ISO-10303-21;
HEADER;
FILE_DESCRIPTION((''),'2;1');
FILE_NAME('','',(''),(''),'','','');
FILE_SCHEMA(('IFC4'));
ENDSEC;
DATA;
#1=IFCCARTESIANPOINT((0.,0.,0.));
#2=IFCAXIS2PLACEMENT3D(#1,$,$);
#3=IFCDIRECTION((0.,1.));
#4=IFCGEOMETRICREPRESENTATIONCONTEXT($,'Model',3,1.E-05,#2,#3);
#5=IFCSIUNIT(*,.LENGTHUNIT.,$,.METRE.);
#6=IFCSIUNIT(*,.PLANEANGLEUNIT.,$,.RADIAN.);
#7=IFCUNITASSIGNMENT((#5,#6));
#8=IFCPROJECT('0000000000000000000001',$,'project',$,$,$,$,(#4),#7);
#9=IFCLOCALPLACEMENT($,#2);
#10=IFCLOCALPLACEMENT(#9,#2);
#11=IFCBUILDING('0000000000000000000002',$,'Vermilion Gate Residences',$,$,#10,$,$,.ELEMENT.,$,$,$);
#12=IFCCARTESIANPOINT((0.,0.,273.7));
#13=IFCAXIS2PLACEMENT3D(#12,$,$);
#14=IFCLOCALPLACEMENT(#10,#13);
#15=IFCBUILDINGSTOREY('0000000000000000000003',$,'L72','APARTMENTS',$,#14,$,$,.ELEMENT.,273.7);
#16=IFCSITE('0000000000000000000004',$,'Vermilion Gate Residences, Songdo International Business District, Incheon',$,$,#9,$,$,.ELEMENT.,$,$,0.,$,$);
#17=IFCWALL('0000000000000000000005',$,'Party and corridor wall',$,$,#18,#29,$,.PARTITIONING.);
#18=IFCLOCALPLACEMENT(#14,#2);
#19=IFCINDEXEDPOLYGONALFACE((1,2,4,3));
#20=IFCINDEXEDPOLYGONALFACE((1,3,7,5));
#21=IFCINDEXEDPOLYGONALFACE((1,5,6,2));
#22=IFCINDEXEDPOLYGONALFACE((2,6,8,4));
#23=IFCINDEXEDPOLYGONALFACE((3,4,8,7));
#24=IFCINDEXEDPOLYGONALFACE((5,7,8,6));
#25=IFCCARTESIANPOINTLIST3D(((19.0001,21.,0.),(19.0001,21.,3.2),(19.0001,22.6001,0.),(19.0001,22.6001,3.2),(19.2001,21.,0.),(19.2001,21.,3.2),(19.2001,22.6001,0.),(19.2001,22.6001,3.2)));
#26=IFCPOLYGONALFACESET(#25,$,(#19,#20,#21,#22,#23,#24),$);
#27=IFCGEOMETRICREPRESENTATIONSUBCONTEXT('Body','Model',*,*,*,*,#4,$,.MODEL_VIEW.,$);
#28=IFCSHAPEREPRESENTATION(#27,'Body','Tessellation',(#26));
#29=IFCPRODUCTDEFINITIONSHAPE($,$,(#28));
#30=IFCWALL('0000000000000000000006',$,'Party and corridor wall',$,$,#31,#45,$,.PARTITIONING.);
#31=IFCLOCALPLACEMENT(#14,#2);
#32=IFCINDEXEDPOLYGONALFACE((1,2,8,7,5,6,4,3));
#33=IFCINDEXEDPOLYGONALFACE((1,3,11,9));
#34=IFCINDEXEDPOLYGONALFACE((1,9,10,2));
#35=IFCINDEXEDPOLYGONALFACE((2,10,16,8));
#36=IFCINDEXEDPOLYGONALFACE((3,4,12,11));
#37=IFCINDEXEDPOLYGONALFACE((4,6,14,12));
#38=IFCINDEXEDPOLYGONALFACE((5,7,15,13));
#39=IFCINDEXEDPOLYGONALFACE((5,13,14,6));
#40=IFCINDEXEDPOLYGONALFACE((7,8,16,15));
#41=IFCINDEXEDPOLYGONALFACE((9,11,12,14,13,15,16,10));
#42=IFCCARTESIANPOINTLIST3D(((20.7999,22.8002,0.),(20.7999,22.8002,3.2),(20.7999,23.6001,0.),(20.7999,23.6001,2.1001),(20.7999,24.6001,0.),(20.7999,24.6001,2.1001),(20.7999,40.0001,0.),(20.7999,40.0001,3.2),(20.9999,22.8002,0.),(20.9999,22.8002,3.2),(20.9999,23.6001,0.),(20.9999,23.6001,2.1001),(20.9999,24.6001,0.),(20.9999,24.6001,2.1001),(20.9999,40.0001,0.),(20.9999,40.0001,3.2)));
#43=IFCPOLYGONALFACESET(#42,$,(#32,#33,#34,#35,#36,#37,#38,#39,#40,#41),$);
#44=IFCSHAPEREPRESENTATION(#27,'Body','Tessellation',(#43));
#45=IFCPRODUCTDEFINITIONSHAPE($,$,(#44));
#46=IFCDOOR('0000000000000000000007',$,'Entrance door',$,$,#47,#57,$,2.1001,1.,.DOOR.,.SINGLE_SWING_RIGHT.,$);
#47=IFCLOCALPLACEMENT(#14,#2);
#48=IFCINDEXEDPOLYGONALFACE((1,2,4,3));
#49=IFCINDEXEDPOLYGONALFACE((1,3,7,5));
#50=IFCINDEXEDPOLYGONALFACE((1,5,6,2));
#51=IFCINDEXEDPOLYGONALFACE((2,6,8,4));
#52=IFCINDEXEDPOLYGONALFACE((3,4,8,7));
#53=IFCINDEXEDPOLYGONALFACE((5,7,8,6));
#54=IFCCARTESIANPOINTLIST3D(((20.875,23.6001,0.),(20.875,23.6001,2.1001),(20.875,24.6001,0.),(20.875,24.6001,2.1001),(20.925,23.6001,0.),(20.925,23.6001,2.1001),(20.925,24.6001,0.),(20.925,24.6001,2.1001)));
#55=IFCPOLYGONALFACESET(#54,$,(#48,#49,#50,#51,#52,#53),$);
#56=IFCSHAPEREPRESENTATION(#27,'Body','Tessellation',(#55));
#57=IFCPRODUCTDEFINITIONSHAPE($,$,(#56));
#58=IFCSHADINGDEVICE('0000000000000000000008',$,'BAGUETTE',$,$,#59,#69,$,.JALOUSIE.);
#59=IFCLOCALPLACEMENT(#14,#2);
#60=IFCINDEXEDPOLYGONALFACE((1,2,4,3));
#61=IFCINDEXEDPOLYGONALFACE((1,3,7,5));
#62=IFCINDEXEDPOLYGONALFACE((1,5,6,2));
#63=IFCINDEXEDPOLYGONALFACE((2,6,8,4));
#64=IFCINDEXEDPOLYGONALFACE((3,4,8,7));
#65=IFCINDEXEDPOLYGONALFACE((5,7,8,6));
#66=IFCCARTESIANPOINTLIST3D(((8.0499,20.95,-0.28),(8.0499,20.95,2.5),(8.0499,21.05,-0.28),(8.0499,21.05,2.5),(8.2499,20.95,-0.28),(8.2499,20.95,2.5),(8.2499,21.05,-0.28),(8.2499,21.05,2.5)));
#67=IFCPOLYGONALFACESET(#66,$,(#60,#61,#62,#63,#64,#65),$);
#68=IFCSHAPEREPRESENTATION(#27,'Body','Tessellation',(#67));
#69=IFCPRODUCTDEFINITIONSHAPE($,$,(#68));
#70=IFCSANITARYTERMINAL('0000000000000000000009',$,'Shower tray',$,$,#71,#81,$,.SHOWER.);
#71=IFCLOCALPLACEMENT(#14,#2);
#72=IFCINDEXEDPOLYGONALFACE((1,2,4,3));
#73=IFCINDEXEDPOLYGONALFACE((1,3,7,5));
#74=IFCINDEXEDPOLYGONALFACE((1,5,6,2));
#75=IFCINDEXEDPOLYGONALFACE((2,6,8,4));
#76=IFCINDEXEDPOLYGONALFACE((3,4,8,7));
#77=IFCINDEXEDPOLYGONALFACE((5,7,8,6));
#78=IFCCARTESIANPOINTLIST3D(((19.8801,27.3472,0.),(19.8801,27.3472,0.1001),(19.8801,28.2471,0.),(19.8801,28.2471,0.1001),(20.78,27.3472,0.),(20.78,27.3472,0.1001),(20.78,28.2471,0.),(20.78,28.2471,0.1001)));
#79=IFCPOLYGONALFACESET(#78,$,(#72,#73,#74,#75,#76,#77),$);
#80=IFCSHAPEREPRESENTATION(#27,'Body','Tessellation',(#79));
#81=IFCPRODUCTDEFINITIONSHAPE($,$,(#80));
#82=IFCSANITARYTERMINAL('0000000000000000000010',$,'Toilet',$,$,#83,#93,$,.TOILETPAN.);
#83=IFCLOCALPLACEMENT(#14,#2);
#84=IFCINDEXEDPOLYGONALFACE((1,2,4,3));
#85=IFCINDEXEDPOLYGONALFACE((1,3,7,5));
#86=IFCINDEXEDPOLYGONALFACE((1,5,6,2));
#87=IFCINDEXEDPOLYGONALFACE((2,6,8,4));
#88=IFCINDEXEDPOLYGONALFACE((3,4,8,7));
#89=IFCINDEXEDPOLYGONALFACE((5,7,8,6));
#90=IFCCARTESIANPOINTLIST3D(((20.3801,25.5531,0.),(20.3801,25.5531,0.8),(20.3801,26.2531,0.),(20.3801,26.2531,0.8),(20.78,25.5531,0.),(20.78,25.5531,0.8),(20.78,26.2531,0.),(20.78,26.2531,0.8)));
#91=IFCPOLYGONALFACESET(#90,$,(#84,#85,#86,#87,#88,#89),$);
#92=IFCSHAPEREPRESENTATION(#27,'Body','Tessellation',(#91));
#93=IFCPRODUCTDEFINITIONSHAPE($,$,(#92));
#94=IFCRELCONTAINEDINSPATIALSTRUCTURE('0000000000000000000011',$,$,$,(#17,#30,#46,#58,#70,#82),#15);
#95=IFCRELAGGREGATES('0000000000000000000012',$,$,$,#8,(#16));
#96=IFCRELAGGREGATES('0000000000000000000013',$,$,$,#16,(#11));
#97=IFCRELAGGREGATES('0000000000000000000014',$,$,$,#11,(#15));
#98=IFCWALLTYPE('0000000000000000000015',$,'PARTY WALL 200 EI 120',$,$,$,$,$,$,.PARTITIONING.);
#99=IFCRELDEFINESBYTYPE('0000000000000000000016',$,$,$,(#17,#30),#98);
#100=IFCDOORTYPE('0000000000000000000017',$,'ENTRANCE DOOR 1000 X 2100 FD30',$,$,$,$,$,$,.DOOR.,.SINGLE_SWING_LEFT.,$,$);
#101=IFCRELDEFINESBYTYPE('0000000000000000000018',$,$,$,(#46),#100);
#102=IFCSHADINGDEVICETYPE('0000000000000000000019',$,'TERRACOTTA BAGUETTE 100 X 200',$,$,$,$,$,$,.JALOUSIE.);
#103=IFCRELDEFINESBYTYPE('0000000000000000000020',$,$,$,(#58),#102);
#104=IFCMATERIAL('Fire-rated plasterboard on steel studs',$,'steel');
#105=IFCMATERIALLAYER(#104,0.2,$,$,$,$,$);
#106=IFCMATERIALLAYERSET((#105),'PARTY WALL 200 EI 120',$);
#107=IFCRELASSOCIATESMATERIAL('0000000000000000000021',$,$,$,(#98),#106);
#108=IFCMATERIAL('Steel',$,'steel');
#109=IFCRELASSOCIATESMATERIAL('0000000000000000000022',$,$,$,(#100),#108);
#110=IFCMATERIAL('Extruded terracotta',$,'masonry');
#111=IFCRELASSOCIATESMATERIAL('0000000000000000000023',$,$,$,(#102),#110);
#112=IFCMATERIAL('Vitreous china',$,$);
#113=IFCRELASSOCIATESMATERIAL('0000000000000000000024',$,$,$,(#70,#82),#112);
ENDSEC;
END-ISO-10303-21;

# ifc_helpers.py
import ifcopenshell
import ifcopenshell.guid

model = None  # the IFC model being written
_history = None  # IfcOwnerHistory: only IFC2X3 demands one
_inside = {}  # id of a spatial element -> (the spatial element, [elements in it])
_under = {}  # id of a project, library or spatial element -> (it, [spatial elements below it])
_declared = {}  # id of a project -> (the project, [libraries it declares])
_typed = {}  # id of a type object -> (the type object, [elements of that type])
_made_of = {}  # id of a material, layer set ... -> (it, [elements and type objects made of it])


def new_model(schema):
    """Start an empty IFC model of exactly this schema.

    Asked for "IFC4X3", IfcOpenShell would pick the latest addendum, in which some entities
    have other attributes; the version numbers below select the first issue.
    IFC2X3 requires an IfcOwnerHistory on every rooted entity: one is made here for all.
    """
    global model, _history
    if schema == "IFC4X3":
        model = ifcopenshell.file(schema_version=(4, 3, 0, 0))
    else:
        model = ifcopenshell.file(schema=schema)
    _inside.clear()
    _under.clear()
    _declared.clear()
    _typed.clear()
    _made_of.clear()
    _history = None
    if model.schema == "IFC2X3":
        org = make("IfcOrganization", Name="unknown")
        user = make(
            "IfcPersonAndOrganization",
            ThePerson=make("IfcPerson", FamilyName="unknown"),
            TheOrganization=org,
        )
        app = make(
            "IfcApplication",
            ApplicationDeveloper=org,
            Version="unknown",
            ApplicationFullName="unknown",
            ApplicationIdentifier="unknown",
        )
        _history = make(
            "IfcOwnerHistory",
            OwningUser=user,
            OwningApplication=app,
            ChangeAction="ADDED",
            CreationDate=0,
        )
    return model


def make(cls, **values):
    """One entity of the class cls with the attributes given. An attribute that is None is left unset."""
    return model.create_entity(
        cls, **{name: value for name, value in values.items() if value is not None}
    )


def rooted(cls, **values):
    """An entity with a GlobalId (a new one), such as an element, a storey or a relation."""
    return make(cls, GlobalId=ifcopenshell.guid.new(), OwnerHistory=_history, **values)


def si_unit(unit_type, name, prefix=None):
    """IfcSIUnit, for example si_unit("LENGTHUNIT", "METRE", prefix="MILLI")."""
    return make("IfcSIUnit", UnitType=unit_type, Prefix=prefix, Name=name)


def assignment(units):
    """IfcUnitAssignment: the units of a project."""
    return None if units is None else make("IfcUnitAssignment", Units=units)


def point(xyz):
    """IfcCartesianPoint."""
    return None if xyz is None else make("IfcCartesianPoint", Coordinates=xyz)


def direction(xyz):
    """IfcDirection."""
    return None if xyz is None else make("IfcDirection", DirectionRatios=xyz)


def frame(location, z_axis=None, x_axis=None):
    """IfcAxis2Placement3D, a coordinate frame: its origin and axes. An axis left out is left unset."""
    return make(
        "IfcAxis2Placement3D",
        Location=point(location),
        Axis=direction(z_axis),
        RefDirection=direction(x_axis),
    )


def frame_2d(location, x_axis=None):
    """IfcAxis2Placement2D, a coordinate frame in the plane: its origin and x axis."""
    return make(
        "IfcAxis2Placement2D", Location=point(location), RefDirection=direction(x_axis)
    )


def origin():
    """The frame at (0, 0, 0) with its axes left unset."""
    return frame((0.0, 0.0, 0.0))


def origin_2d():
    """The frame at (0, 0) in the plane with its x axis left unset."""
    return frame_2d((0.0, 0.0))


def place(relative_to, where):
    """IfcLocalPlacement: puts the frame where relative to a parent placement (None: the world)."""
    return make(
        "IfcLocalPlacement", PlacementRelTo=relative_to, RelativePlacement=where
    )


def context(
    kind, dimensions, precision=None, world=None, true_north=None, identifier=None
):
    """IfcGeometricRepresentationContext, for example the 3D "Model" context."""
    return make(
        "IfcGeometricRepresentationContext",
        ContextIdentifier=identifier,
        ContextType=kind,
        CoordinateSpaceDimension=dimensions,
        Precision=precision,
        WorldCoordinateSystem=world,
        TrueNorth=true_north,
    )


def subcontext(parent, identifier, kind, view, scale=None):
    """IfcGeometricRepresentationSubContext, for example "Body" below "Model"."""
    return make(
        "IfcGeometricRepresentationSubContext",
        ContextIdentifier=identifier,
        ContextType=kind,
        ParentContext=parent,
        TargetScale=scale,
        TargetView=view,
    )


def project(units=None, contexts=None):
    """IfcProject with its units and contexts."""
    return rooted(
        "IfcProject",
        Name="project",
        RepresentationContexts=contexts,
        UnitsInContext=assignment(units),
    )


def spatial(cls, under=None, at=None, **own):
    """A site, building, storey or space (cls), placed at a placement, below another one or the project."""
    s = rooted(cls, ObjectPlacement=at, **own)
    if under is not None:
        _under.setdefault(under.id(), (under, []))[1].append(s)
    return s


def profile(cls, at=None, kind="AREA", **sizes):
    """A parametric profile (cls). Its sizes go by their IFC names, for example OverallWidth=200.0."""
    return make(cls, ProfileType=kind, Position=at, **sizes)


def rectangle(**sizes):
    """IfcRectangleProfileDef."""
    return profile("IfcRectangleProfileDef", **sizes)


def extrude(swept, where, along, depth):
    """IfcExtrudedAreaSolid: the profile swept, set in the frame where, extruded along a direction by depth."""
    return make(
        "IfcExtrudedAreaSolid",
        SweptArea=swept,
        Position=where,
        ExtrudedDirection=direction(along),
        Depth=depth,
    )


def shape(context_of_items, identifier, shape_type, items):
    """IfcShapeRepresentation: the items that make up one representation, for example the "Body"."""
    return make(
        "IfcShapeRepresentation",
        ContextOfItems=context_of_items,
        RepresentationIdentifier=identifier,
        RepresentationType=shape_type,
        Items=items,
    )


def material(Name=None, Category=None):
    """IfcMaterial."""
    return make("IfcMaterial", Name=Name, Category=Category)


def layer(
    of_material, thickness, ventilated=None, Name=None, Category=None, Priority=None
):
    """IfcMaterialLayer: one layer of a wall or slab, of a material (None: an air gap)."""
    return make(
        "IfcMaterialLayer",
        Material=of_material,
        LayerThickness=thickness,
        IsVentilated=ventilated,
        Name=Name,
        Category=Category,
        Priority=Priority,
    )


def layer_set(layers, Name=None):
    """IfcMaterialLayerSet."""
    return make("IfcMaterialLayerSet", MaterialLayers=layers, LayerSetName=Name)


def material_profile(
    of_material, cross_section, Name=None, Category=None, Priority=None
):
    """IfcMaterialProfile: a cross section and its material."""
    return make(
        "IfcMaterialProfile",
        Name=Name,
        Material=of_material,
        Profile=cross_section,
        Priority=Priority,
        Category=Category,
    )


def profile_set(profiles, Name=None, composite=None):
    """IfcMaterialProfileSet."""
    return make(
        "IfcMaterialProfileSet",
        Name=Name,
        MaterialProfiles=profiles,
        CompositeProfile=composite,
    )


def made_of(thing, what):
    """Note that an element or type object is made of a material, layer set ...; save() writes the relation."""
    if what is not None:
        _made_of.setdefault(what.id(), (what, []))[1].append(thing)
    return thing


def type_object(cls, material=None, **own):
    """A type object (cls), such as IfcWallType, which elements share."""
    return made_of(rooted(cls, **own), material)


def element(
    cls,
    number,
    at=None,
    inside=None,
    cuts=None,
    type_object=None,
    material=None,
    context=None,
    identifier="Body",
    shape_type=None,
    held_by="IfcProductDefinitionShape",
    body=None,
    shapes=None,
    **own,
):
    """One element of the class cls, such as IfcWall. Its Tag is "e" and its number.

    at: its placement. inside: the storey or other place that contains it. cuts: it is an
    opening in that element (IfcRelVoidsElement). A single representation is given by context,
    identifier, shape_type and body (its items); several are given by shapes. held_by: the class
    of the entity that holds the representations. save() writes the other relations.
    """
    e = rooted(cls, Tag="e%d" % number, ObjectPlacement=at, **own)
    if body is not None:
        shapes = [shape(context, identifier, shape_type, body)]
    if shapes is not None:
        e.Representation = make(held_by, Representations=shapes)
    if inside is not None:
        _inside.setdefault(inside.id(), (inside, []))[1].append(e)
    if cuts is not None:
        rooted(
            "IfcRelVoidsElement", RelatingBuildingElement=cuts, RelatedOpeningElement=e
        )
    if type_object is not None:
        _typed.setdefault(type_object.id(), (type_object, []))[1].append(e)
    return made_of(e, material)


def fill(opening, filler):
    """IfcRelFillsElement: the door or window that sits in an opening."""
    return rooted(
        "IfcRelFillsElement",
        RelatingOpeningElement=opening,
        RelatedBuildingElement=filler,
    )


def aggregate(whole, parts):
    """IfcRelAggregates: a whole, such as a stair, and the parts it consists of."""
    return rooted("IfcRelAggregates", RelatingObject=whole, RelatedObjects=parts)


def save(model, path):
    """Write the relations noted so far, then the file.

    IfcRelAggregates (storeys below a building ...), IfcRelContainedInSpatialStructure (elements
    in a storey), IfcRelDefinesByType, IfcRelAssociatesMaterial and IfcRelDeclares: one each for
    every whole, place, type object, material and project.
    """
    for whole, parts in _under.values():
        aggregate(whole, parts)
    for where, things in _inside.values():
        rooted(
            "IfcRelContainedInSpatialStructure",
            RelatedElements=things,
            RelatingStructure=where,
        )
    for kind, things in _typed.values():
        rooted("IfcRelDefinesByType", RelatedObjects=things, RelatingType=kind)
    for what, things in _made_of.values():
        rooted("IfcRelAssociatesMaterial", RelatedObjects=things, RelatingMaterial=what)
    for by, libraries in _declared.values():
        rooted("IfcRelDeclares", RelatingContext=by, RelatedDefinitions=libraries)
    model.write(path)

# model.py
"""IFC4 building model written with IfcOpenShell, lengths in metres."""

from ifc_helpers import new_model, si_unit, direction, frame, frame_2d, origin, origin_2d, place, context, subcontext, project, spatial, rectangle, extrude, material, layer, layer_set, material_profile, profile_set, type_object, element, fill, save


model = new_model("IFC4")

# Units and contexts
model_context = context("Model", 3, precision=1e-05, world=origin(), true_north=direction((0.0, 1.0)))
body_context = subcontext(model_context, "Body", "Model", "MODEL_VIEW")
ifc_project = project(units=[si_unit("LENGTHUNIT", "METRE"), si_unit("PLANEANGLEUNIT", "RADIAN")], contexts=[model_context])

# Site, building, storey
site_placement = place(None, origin())
site = spatial("IfcSite", under=ifc_project, at=site_placement, Name="Vermilion Gate Residences, Songdo International Business District, Incheon", CompositionType="ELEMENT", RefElevation=0.0)
building_placement = place(site_placement, origin())
building = spatial("IfcBuilding", under=site, at=building_placement, Name="Vermilion Gate Residences", CompositionType="ELEMENT")
storey_placement = place(building_placement, frame((0.0, 0.0, 273.7)))
storey = spatial("IfcBuildingStorey", under=building, at=storey_placement, Name="L72", Description="APARTMENTS", CompositionType="ELEMENT", Elevation=273.7)

# Wall
ifc_material_1 = material(Name="Fire-rated plasterboard on steel studs", Category="steel")
ifc_layer_1 = layer(ifc_material_1, 0.2)
ifc_layer_set_1 = layer_set([ifc_layer_1], Name="PARTY WALL 200 EI 120")
wall_type_1 = type_object("IfcWallType", Name="PARTY WALL 200 EI 120", PredefinedType="PARTITIONING", material=ifc_layer_set_1)
wall_1_placement = place(storey_placement, frame((19.1001, 21.0, 0.0), z_axis=(0.0, 0.0, 1.0), x_axis=(0.0, 1.0, 0.0)))
element("IfcWall", 1, at=wall_1_placement, inside=storey, type_object=wall_type_1, Name="Party and corridor wall", PredefinedType="PARTITIONING", context=body_context, shape_type="SweptSolid", body=[
    extrude(rectangle(XDim=1.6001, YDim=0.2, at=frame_2d((0.8, 0.0))), origin(), (0.0, 0.0, 1.0), 3.2),
])

# Wall, opening, door
wall_2_placement = place(storey_placement, frame((20.8999, 22.8, 0.0), z_axis=(0.0, 0.0, 1.0), x_axis=(0.0, 1.0, 0.0)))
wall_2 = element("IfcWall", 2, at=wall_2_placement, inside=storey, type_object=wall_type_1, Name="Party and corridor wall", PredefinedType="PARTITIONING", context=body_context, shape_type="SweptSolid", body=[
    extrude(rectangle(XDim=17.2, YDim=0.2, at=frame_2d((8.6001, 0.0))), origin(), (0.0, 0.0, 1.0), 3.2),
])
opening_1_placement = place(wall_2_placement, frame((0.8, 0.0, 0.0)))
opening_1 = element("IfcOpeningElement", 3, at=opening_1_placement, cuts=wall_2, PredefinedType="OPENING", context=body_context, shape_type="SweptSolid", body=[
    extrude(rectangle(XDim=1.0, YDim=2.1001, at=frame_2d((0.5, 1.05))), frame((0.0, 0.1099, 0.0), z_axis=(0.0, -1.0, 0.0), x_axis=(1.0, 0.0, 0.0)), (0.0, 0.0, 1.0), 0.22),
])
ifc_material_2 = material(Name="Steel", Category="steel")
door_type_1 = type_object("IfcDoorType", Name="ENTRANCE DOOR 1000 X 2100 FD30", OperationType="SINGLE_SWING_LEFT", PredefinedType="DOOR", material=ifc_material_2)
door_1_placement = place(opening_1_placement, origin())
door_1 = element("IfcDoor", 4, at=door_1_placement, inside=storey, type_object=door_type_1, Name="Entrance door", OperationType="SINGLE_SWING_RIGHT", OverallHeight=2.1001, OverallWidth=1.0, PredefinedType="DOOR", context=body_context, shape_type="SweptSolid", body=[
    extrude(rectangle(XDim=1.0, YDim=2.1001, at=frame_2d((0.5, 1.05))), frame((0.0, 0.0249, 0.0), z_axis=(0.0, -1.0, 0.0), x_axis=(1.0, 0.0, 0.0)), (0.0, 0.0, 1.0), 0.05),
])
fill(opening_1, door_1)

# Shading device
ifc_material_3 = material(Name="Extruded terracotta", Category="masonry")
ifc_material_profile_1 = material_profile(ifc_material_3, rectangle(XDim=0.2, YDim=0.1001, at=origin_2d()), Name="BAGUETTE 100 X 200")
ifc_profile_set_1 = profile_set([ifc_material_profile_1], Name="Extruded terracotta")
shading_device_type = type_object("IfcShadingDeviceType", Name="TERRACOTTA BAGUETTE 100 X 200", PredefinedType="JALOUSIE", material=ifc_profile_set_1)
shading_device_placement = place(storey_placement, frame((8.1499, 21.0, -0.28), z_axis=(0.0, 0.0, 1.0), x_axis=(1.0, 0.0, 0.0)))
element("IfcShadingDevice", 5, at=shading_device_placement, inside=storey, type_object=shading_device_type, Name="BAGUETTE", PredefinedType="JALOUSIE", context=body_context, shape_type="SweptSolid", body=[
    extrude(rectangle(XDim=0.2, YDim=0.1001, at=origin_2d()), origin(), (0.0, 0.0, 1.0), 2.78),
])

# Sanitary terminals
ifc_material_4 = material(Name="Vitreous china")
sanitary_terminal_1_placement = place(storey_placement, frame((20.3301, 27.7971, 0.0), z_axis=(0.0, 0.0, 1.0), x_axis=(1.0, 0.0, 0.0)))
element("IfcSanitaryTerminal", 6, at=sanitary_terminal_1_placement, inside=storey, material=ifc_material_4, Name="Shower tray", PredefinedType="SHOWER", context=body_context, shape_type="SweptSolid", body=[
    extrude(rectangle(XDim=0.8999, YDim=0.8999, at=origin_2d()), origin(), (0.0, 0.0, 1.0), 0.1001),
])
sanitary_terminal_2_placement = place(storey_placement, frame((20.5801, 25.9031, 0.0), z_axis=(0.0, 0.0, 1.0), x_axis=(1.0, 0.0, 0.0)))
element("IfcSanitaryTerminal", 7, at=sanitary_terminal_2_placement, inside=storey, material=ifc_material_4, Name="Toilet", PredefinedType="TOILETPAN", context=body_context, shape_type="SweptSolid", body=[
    extrude(rectangle(XDim=0.3999, YDim=0.7, at=origin_2d()), origin(), (0.0, 0.0, 1.0), 0.8),
])

save(model, "model.ifc")
